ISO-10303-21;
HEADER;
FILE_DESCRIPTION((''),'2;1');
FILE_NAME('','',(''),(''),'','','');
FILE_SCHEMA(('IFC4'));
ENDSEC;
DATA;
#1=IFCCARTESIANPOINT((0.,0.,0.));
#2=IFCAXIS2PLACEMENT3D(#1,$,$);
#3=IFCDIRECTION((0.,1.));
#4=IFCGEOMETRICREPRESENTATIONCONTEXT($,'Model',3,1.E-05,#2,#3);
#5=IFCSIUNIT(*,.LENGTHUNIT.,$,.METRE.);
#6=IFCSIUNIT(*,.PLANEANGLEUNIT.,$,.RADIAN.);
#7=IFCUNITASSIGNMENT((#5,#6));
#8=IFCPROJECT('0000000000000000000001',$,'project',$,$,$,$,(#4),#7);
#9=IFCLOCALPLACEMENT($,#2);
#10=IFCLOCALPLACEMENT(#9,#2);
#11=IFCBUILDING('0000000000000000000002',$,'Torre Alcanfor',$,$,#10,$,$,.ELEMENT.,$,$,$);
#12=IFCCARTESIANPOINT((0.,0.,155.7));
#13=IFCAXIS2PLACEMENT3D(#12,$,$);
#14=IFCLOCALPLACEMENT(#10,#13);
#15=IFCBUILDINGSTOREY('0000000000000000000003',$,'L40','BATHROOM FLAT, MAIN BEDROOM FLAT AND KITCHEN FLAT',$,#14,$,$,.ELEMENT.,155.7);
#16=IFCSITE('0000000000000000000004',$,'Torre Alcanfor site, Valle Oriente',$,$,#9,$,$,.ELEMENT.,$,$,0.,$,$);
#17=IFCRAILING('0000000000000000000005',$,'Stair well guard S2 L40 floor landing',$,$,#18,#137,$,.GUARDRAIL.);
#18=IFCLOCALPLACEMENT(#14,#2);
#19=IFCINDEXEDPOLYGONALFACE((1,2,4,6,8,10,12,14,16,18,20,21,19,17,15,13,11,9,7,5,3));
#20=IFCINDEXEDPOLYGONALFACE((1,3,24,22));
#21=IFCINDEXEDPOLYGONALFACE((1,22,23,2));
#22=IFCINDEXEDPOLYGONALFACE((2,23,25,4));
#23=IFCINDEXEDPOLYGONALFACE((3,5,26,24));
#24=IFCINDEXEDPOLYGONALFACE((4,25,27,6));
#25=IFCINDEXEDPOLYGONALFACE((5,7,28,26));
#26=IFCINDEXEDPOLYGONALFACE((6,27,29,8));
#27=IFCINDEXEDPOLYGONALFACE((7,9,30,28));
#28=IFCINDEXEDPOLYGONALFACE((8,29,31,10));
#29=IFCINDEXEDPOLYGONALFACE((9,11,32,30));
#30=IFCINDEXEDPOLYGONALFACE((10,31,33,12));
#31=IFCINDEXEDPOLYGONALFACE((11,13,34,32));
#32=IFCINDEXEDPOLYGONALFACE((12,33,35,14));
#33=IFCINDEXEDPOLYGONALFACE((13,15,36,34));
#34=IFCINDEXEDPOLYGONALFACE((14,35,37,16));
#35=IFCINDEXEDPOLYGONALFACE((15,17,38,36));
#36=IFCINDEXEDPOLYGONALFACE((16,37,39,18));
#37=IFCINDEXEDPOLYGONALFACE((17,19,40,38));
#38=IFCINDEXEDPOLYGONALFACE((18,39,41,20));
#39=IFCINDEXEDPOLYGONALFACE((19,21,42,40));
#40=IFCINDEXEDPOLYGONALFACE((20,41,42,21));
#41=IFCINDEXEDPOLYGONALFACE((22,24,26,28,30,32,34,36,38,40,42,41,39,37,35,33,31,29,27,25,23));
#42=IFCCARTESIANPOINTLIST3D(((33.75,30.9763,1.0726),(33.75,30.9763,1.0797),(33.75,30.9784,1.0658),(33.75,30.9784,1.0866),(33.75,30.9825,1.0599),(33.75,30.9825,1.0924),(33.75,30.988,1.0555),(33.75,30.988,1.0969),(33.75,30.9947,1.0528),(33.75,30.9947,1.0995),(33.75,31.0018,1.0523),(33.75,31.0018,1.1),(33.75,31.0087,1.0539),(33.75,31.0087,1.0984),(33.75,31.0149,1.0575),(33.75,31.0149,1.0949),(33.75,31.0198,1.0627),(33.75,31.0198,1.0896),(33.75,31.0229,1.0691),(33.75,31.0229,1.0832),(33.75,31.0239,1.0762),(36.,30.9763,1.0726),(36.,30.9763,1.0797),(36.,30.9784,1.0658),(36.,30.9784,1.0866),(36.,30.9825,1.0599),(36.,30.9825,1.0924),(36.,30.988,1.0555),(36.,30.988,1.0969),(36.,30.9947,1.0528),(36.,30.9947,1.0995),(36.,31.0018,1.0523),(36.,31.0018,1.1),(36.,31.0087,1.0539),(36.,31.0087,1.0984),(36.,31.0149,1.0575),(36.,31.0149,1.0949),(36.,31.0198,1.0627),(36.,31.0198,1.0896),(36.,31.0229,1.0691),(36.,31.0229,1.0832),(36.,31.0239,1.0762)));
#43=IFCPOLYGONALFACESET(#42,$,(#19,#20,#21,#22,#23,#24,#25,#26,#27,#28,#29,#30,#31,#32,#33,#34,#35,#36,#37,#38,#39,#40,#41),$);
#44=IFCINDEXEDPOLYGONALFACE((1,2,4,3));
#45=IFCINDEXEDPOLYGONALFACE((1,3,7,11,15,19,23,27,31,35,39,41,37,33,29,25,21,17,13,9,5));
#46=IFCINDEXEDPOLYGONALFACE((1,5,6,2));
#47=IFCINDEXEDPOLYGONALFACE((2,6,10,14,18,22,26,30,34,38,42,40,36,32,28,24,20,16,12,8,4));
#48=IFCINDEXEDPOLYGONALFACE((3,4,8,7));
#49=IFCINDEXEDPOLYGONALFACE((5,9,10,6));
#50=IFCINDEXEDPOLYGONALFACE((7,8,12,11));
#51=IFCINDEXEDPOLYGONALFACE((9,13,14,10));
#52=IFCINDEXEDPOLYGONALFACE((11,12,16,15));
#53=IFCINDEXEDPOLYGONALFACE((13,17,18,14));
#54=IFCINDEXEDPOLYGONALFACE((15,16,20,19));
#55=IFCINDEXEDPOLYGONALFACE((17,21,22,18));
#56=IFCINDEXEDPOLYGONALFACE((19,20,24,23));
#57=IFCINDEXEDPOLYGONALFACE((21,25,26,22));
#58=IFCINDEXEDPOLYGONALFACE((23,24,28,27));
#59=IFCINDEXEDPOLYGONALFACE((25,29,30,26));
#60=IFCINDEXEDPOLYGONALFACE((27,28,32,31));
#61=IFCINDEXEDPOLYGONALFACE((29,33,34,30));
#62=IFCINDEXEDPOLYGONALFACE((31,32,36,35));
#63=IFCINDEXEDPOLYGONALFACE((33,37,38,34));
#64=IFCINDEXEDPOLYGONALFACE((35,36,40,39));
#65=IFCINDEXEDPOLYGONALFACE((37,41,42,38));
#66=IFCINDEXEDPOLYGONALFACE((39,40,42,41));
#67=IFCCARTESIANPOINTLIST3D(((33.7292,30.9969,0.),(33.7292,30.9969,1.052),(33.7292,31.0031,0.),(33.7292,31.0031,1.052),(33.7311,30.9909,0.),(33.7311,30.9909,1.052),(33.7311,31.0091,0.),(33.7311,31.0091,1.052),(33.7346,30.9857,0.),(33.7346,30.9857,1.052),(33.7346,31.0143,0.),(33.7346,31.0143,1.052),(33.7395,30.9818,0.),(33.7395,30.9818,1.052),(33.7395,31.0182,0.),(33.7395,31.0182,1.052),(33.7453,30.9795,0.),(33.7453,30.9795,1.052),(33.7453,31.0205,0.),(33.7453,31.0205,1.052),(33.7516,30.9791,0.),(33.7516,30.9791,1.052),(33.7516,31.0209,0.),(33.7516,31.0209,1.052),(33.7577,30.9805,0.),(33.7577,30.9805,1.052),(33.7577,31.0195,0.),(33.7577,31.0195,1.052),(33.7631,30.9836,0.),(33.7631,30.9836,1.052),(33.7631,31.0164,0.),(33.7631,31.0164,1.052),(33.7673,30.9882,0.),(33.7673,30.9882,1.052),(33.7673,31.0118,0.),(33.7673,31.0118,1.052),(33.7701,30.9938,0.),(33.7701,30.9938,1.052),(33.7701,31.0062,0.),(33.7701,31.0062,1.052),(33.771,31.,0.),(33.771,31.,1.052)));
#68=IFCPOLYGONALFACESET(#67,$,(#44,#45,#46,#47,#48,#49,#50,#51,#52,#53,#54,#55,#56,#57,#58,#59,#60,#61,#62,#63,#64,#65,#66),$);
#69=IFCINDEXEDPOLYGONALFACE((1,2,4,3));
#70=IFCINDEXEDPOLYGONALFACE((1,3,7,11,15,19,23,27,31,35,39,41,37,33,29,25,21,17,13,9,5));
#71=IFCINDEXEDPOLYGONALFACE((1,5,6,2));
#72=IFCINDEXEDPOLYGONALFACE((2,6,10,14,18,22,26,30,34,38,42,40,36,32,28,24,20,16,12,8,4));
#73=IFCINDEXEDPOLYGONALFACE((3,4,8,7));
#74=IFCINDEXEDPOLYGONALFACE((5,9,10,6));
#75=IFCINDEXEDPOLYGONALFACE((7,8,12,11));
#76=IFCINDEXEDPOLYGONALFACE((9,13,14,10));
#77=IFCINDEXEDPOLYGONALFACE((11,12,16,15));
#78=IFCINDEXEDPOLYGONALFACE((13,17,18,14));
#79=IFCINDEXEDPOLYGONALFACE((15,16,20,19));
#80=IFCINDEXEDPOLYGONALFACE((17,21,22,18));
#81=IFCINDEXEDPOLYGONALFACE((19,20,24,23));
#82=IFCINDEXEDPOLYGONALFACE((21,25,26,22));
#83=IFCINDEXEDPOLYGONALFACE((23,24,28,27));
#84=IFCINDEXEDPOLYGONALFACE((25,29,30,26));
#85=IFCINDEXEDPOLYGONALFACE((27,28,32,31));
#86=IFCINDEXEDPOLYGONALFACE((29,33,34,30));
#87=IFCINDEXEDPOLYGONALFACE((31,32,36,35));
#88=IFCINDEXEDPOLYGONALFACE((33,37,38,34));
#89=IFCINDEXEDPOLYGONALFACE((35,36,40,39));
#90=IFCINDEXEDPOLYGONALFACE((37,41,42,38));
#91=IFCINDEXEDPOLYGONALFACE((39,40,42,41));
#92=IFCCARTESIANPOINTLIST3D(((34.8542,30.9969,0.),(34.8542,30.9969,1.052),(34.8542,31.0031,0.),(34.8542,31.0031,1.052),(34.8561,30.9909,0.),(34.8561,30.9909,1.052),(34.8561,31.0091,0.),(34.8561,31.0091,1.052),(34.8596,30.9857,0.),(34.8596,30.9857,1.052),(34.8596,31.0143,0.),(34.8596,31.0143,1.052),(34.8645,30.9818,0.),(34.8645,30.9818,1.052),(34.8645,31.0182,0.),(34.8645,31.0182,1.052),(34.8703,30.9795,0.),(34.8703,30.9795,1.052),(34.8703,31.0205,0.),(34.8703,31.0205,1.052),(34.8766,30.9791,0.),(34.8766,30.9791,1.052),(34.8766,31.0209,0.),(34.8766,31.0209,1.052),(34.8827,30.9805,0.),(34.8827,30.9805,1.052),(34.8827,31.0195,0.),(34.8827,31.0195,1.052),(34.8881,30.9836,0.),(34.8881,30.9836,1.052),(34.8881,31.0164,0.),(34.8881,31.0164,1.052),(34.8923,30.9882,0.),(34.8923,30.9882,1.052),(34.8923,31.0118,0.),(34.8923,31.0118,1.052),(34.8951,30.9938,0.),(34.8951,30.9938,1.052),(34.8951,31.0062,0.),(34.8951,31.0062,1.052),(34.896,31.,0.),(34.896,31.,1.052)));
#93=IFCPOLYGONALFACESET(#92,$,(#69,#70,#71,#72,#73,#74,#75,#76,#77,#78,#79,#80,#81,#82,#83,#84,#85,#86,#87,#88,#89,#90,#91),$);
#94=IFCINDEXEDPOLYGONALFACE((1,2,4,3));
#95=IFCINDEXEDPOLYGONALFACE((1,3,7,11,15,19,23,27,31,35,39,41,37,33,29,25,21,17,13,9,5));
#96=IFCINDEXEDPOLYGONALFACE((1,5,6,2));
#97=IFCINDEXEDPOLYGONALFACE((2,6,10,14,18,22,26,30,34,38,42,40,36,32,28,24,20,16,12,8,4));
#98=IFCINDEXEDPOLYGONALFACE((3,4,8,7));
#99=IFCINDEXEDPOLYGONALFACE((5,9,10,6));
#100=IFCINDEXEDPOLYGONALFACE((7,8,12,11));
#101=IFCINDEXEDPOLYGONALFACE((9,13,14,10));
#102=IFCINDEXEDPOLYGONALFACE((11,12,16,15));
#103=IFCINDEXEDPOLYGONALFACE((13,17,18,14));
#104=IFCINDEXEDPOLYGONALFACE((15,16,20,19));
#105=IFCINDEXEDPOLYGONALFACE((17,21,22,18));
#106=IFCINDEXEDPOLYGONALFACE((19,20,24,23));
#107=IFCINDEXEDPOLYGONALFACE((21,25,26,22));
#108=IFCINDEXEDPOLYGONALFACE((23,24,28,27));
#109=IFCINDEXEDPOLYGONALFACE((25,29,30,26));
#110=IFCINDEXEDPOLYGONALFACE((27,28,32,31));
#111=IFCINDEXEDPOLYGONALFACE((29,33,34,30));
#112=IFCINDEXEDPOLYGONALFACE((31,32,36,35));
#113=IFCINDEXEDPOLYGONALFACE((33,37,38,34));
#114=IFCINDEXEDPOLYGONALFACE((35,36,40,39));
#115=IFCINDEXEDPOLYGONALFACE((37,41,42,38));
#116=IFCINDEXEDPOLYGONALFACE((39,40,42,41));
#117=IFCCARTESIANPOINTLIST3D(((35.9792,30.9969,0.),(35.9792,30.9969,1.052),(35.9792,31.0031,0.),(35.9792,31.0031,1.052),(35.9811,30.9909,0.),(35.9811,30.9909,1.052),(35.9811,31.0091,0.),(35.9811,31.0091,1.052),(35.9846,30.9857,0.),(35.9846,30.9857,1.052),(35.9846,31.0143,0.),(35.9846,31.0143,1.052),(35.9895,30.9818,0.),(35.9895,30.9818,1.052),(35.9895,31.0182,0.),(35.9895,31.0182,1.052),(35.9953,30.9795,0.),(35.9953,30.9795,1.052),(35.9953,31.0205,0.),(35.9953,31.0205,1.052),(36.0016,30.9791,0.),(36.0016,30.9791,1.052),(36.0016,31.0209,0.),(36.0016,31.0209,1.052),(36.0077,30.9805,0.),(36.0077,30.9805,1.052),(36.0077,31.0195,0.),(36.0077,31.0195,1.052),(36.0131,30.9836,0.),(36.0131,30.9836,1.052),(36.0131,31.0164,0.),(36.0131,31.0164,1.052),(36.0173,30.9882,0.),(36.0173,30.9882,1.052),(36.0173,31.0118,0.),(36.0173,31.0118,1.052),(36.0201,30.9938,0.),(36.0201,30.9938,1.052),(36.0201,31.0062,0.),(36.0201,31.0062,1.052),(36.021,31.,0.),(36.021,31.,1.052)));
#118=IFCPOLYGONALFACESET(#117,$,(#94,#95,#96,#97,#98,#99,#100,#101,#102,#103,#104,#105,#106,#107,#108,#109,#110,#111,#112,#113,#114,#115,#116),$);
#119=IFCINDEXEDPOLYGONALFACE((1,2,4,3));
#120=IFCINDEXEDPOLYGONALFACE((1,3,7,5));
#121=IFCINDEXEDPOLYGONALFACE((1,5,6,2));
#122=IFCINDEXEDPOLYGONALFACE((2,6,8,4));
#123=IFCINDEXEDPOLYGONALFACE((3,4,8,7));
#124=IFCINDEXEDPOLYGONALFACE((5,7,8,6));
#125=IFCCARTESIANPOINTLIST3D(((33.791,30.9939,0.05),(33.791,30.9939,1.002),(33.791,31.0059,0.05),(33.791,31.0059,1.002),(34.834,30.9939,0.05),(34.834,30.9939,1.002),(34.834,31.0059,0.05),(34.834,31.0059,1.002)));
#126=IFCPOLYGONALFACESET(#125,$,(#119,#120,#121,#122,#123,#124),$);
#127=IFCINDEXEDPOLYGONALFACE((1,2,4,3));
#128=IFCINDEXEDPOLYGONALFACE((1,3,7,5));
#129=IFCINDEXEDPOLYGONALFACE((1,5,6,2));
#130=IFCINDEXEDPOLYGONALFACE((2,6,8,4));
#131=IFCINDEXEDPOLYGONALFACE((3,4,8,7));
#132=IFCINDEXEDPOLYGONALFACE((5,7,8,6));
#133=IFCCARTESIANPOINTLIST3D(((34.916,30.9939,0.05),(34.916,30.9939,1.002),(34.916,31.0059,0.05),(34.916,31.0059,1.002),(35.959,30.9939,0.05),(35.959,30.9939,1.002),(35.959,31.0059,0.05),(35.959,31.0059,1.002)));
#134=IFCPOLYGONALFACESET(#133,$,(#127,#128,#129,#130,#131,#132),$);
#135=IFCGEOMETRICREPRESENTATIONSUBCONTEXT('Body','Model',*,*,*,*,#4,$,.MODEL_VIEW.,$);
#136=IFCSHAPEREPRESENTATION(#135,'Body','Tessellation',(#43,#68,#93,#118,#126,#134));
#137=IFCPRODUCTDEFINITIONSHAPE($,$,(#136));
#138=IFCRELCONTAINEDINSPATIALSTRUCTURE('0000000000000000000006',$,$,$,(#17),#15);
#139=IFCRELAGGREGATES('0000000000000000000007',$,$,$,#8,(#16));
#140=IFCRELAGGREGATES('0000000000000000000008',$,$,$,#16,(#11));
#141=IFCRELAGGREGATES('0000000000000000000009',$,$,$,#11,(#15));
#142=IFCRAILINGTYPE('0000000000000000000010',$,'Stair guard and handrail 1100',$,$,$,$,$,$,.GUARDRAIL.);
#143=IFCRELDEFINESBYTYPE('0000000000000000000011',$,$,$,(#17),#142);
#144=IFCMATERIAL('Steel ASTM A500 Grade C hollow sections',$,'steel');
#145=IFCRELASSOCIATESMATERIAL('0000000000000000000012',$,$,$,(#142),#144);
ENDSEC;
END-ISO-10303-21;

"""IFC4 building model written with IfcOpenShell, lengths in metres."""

from ifc_helpers import new_model, si_unit, direction, frame, origin, origin_2d, place, context, subcontext, project, spatial, polyline, circle, outline, extrude, material, type_object, element, save


model = new_model("IFC4")

# Units and contexts
model_context = context("Model", 3, precision=1e-05, world=origin(), true_north=direction((0.0, 1.0)))
body_context = subcontext(model_context, "Body", "Model", "MODEL_VIEW")
ifc_project = project(units=[si_unit("LENGTHUNIT", "METRE"), si_unit("PLANEANGLEUNIT", "RADIAN")], contexts=[model_context])

# Site, building, storey
site_placement = place(None, origin())
site = spatial("IfcSite", under=ifc_project, at=site_placement, Name="Torre Alcanfor site, Valle Oriente", CompositionType="ELEMENT", RefElevation=0.0)
building_placement = place(site_placement, origin())
building = spatial("IfcBuilding", under=site, at=building_placement, Name="Torre Alcanfor", CompositionType="ELEMENT")
storey_placement = place(building_placement, frame((0.0, 0.0, 155.7)))
storey = spatial("IfcBuildingStorey", under=building, at=storey_placement, Name="L40", Description="BATHROOM FLAT, MAIN BEDROOM FLAT AND KITCHEN FLAT", CompositionType="ELEMENT", Elevation=155.7)

# Railing
ifc_material_1 = material(Name="Steel ASTM A500 Grade C hollow sections", Category="steel")
railing_type_1 = type_object("IfcRailingType", Name="Stair guard and handrail 1100", PredefinedType="GUARDRAIL", material=ifc_material_1)
for number, where, name in (
    (1, (33.75, 31.0, 0.0), "Stair well guard S2 L40 floor landing"),
):
    element("IfcRailing", number, at=place(storey_placement, frame(where)), inside=storey, type_object=railing_type_1, Name=name, PredefinedType="GUARDRAIL", context=body_context, shape_type="SweptSolid", body=[
        extrude(circle(Radius=0.0239, at=origin_2d()), frame((0.0, 0.0, 1.0762), z_axis=(1.0, 0.0, 0.0), x_axis=(0.0, 1.0, 0.0)), (0.0, 0.0, 1.0), 2.25),
        extrude(circle(Radius=0.021, at=origin_2d()), origin(), (0.0, 0.0, 1.0), 1.052),
        extrude(circle(Radius=0.021, at=origin_2d()), frame((1.125, 0.0, 0.0)), (0.0, 0.0, 1.0), 1.052),
        extrude(circle(Radius=0.021, at=origin_2d()), frame((2.25, 0.0, 0.0)), (0.0, 0.0, 1.0), 1.052),
        extrude(outline(polyline([(0.041, 0.05), (1.084, 0.05), (1.084, 1.002), (0.041, 1.002), (0.041, 0.05)])), frame((0.0, 0.0059, 0.0), z_axis=(0.0, -1.0, 0.0), x_axis=(1.0, 0.0, 0.0)), (0.0, 0.0, 1.0), 0.012),
        extrude(outline(polyline([(1.166, 0.05), (2.209, 0.05), (2.209, 1.002), (1.166, 1.002), (1.166, 0.05)])), frame((0.0, 0.0059, 0.0), z_axis=(0.0, -1.0, 0.0), x_axis=(1.0, 0.0, 0.0)), (0.0, 0.0, 1.0), 0.012),
    ])

save(model, "model.ifc")
